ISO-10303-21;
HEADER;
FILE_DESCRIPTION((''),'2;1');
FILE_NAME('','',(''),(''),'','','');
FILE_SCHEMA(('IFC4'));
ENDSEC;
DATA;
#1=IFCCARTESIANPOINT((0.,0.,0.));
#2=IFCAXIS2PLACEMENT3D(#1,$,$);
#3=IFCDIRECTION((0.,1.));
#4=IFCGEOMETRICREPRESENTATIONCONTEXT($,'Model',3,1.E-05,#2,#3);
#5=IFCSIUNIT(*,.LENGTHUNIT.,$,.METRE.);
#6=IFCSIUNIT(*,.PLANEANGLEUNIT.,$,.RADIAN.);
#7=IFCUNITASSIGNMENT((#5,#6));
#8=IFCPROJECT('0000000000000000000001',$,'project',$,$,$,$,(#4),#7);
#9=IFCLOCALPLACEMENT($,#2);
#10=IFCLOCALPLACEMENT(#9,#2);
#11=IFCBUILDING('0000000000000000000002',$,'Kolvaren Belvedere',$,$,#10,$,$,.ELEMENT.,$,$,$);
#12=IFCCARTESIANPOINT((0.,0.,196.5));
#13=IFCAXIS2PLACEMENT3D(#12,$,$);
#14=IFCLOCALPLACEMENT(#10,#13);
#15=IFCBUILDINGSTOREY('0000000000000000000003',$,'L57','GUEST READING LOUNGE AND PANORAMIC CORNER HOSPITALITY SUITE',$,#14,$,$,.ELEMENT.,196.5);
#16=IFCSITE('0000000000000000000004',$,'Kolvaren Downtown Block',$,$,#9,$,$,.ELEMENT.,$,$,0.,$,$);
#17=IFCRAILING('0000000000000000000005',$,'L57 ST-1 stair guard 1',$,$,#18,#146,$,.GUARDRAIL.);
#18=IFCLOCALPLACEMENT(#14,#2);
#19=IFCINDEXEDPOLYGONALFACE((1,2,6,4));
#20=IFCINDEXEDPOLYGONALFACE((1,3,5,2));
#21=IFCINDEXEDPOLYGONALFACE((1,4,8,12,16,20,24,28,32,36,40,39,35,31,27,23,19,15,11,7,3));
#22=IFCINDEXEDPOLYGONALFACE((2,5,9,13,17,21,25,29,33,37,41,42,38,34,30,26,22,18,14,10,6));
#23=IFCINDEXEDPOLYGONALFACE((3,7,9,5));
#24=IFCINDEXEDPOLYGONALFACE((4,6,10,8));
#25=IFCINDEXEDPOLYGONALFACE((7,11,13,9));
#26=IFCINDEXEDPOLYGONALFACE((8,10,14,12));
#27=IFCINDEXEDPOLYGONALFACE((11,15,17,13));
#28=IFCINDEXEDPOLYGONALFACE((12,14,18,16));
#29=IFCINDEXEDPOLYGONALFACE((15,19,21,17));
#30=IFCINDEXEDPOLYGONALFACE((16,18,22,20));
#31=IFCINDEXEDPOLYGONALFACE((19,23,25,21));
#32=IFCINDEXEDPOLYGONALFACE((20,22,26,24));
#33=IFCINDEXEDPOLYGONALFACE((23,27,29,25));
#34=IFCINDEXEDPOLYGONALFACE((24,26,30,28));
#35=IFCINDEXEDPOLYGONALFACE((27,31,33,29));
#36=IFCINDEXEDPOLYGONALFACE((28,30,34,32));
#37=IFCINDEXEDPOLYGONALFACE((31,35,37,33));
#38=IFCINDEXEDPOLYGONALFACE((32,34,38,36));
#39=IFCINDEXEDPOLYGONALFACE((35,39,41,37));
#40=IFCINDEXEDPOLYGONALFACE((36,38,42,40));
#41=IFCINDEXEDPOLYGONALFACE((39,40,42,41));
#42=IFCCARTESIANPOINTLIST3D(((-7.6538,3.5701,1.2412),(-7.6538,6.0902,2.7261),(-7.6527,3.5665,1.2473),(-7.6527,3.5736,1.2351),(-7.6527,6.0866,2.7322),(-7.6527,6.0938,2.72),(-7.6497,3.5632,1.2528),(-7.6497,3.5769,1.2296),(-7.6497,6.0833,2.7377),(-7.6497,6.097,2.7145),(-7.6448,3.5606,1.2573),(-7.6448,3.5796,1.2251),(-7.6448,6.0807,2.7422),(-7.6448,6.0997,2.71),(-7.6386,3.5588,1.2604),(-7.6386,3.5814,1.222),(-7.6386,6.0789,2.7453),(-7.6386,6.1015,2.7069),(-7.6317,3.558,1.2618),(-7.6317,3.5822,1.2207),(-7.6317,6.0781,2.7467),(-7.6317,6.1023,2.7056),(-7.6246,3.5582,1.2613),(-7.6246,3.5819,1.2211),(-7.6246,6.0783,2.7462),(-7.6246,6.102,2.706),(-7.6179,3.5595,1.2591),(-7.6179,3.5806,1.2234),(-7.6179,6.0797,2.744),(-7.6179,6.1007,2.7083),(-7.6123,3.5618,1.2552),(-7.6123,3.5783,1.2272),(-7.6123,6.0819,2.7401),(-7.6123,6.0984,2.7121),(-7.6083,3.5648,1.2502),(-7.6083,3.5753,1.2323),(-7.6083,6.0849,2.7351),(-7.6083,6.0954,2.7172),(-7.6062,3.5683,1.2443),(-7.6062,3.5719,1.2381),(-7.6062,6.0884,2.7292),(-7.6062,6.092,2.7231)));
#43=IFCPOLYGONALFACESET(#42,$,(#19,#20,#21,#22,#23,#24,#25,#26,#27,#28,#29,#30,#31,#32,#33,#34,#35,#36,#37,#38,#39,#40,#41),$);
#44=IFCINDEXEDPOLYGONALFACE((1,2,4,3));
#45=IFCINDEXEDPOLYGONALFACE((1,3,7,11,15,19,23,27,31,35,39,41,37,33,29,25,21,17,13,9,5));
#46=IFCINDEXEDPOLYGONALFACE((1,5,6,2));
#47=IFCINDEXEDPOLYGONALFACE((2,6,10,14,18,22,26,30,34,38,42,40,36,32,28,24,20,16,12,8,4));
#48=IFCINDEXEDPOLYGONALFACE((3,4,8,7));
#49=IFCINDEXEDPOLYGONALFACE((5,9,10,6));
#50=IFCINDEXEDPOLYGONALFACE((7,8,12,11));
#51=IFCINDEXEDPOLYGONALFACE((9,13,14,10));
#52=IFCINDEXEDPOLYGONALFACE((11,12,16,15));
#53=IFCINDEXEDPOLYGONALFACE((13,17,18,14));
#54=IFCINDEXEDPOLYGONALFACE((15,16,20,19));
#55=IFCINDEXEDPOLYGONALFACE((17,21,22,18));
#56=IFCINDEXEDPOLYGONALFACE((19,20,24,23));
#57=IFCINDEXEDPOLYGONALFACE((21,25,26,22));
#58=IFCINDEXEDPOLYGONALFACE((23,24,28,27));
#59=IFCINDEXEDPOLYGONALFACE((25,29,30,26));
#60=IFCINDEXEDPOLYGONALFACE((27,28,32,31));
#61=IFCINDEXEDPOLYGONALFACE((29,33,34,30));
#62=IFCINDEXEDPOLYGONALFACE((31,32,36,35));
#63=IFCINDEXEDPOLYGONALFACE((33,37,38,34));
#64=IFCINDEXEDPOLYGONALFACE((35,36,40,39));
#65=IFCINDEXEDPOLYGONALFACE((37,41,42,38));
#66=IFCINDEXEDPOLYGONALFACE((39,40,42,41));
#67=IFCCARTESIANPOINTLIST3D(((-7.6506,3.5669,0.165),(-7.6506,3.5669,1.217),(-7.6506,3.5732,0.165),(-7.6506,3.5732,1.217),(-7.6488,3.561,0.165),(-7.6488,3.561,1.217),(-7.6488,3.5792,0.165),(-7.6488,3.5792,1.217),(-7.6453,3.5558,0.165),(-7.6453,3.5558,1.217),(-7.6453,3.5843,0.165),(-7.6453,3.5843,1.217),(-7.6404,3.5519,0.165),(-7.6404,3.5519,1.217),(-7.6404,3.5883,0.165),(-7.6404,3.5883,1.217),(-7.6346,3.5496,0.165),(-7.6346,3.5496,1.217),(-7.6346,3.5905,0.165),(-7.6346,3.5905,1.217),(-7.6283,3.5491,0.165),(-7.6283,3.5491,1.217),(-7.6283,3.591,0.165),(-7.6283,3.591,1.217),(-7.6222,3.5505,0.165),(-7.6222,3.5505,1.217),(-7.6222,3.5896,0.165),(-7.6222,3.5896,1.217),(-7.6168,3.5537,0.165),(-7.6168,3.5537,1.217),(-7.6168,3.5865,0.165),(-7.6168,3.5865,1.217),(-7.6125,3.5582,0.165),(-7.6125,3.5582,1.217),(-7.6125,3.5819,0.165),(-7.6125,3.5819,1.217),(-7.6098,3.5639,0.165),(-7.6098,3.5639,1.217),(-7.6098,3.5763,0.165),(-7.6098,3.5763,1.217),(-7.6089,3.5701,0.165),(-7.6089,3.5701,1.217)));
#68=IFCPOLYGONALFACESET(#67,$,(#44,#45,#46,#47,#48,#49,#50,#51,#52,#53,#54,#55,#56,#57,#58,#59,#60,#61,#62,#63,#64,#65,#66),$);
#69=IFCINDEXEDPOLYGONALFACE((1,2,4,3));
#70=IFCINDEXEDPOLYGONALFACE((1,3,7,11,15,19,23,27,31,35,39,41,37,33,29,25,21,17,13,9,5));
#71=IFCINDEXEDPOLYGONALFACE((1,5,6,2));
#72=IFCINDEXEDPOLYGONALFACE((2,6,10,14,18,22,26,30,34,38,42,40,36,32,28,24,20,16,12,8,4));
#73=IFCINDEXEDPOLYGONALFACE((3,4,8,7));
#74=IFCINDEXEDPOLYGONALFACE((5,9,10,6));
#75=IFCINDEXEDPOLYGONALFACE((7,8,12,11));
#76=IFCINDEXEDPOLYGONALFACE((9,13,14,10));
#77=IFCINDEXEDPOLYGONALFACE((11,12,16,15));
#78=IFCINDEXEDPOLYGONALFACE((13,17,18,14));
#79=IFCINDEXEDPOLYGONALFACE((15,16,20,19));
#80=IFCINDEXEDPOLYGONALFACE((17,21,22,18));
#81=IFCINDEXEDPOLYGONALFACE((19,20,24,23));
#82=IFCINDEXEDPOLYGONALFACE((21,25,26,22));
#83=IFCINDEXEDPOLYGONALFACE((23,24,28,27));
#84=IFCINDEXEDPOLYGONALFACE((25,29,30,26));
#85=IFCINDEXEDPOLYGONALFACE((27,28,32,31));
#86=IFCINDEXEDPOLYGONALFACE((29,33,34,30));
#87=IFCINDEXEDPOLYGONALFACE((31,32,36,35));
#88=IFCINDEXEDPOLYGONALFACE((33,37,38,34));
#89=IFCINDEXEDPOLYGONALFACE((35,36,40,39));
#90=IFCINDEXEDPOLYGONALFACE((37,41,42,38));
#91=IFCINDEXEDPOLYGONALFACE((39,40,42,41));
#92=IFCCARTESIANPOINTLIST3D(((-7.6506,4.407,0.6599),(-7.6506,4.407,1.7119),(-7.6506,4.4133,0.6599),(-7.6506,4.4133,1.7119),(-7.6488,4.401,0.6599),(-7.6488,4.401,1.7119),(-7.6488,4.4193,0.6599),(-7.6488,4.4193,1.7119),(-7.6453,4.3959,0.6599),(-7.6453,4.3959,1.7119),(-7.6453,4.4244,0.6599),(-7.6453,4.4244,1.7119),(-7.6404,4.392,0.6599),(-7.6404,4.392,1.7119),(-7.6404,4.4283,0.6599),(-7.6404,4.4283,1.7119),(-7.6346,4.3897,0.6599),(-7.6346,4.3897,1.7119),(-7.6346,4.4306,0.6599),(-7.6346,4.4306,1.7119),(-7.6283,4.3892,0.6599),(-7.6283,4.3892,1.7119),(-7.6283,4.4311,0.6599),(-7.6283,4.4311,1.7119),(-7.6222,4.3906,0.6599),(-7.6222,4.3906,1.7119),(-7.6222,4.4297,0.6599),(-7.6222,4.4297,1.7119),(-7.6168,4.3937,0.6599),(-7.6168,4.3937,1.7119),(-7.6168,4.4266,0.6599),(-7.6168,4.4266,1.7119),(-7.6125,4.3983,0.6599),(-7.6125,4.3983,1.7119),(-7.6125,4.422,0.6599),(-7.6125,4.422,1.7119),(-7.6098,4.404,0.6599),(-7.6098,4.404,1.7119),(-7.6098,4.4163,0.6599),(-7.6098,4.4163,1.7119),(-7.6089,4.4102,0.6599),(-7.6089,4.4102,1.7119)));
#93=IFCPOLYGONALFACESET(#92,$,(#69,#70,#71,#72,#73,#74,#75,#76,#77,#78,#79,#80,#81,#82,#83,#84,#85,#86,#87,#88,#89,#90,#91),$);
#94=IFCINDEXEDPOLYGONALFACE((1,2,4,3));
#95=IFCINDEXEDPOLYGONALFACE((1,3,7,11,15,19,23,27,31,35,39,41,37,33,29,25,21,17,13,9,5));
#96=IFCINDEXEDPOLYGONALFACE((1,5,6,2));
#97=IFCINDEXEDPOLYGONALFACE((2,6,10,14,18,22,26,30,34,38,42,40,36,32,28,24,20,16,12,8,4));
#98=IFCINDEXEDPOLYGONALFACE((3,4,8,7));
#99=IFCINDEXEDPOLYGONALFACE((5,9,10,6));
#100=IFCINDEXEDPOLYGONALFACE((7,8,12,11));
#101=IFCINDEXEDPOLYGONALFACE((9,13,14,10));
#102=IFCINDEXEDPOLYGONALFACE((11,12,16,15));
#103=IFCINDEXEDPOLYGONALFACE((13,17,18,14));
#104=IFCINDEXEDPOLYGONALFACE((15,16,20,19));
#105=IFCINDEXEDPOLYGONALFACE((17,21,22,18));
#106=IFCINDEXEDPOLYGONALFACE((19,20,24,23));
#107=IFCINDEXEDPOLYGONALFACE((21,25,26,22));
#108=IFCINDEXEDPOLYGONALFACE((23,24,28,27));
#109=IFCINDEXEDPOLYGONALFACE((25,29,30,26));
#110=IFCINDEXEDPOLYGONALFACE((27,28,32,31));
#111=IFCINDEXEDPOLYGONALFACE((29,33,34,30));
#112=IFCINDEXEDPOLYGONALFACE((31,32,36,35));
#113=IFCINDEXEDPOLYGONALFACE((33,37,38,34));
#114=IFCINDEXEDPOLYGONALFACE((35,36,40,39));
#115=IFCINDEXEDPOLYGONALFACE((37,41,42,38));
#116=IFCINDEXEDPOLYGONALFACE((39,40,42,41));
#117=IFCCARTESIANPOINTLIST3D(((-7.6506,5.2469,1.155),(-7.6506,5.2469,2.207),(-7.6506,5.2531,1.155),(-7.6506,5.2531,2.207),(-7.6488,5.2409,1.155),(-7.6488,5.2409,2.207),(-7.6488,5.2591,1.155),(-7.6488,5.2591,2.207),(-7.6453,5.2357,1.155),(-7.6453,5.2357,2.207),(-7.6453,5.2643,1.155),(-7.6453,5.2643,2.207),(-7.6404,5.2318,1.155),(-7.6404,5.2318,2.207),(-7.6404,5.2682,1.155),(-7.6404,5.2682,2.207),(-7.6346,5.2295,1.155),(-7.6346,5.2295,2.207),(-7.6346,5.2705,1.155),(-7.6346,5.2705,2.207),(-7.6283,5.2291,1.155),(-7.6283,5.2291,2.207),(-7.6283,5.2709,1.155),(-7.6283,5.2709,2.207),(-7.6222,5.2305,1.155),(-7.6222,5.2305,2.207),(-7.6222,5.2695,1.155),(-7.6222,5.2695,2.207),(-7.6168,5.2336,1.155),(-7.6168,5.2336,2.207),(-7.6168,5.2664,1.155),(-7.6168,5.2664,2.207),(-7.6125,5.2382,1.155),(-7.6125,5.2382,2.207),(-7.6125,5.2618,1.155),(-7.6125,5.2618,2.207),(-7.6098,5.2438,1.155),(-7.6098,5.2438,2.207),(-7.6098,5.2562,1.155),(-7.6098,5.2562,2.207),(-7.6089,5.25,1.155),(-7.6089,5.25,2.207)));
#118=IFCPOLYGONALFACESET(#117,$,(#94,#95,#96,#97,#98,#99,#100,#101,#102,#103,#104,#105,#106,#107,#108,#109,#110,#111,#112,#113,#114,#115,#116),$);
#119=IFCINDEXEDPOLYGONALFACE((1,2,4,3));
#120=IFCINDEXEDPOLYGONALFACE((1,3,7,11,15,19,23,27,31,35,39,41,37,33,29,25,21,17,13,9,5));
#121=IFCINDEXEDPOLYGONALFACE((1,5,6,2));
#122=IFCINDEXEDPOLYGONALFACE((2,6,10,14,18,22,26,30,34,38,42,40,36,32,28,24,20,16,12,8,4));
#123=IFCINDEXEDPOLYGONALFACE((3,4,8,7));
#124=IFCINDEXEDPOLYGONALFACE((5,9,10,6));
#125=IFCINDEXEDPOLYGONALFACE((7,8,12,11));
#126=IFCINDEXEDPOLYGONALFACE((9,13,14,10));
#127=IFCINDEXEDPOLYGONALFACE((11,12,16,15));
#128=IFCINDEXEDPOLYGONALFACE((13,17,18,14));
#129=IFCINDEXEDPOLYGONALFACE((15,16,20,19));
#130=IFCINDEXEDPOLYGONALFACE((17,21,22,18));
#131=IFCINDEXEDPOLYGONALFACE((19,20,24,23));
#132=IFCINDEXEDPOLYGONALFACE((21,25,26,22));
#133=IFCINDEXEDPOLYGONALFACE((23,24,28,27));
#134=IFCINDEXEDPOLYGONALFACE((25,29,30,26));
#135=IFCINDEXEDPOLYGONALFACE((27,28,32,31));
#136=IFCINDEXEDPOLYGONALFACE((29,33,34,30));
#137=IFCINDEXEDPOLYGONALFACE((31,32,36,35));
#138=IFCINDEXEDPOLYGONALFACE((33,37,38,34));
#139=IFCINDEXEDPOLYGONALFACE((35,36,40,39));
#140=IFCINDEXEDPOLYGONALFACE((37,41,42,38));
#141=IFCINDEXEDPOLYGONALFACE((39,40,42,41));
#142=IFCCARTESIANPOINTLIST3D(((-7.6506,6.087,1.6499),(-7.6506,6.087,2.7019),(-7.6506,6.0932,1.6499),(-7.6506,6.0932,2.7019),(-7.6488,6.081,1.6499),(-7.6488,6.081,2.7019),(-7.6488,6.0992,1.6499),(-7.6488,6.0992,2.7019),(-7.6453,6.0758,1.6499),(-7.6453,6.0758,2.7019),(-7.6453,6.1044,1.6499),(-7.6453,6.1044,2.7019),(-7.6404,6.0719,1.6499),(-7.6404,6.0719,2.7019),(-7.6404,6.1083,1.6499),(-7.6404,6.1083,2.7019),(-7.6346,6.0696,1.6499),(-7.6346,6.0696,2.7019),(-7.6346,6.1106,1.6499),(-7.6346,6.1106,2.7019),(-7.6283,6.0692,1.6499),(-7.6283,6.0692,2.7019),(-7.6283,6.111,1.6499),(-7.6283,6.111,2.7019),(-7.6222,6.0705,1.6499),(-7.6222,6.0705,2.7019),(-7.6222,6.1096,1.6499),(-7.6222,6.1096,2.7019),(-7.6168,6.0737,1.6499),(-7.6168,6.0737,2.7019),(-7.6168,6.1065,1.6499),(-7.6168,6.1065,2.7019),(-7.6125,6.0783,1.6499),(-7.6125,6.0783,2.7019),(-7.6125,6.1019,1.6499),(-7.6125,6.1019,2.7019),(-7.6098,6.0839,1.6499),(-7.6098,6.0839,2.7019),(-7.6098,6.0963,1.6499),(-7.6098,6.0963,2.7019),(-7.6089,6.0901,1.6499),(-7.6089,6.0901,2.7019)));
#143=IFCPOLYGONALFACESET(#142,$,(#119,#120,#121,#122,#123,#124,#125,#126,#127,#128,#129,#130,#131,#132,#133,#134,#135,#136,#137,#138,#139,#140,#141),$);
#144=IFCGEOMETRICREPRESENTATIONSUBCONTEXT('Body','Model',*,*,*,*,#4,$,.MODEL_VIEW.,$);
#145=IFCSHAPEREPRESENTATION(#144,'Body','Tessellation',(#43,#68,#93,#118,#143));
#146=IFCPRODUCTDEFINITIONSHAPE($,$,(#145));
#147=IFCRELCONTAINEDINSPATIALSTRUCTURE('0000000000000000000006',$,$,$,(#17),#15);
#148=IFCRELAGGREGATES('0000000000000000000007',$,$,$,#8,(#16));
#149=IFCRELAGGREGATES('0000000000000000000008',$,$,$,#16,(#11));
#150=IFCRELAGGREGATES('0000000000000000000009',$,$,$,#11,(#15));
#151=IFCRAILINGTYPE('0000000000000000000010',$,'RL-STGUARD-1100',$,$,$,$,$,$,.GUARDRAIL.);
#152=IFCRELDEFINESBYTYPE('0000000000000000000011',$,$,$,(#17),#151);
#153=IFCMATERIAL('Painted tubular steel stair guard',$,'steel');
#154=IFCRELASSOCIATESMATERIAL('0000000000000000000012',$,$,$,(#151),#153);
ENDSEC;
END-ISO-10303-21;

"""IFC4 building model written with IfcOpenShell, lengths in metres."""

from ifc_helpers import new_model, si_unit, direction, frame, origin, origin_2d, place, context, subcontext, project, spatial, circle, extrude, material, type_object, element, save


model = new_model("IFC4")

# Units and contexts
model_context = context("Model", 3, precision=1e-05, world=origin(), true_north=direction((0.0, 1.0)))
body_context = subcontext(model_context, "Body", "Model", "MODEL_VIEW")
ifc_project = project(units=[si_unit("LENGTHUNIT", "METRE"), si_unit("PLANEANGLEUNIT", "RADIAN")], contexts=[model_context])

# Site, building, storey
site_placement = place(None, origin())
site = spatial("IfcSite", under=ifc_project, at=site_placement, Name="Kolvaren Downtown Block", CompositionType="ELEMENT", RefElevation=0.0)
building_placement = place(site_placement, origin())
building = spatial("IfcBuilding", under=site, at=building_placement, Name="Kolvaren Belvedere", CompositionType="ELEMENT")
storey_placement = place(building_placement, frame((0.0, 0.0, 196.5)))
storey = spatial("IfcBuildingStorey", under=building, at=storey_placement, Name="L57", Description="GUEST READING LOUNGE AND PANORAMIC CORNER HOSPITALITY SUITE", CompositionType="ELEMENT", Elevation=196.5)

# Railing
ifc_material_1 = material(Name="Painted tubular steel stair guard", Category="steel")
railing_type_1 = type_object("IfcRailingType", Name="RL-STGUARD-1100", PredefinedType="GUARDRAIL", material=ifc_material_1)
railing_1_placement = place(storey_placement, frame((-7.6299, 3.5701, 0.165)))
element("IfcRailing", 1, at=railing_1_placement, inside=storey, type_object=railing_type_1, Name="L57 ST-1 stair guard 1", PredefinedType="GUARDRAIL", context=body_context, shape_type="SweptSolid", body=[
    extrude(circle(Radius=0.0239, at=origin_2d()), frame((0.0, 0.0, 1.0762), z_axis=(0.0, 0.861561, 0.507655), x_axis=(-1.0, 0.0, 0.0)), (0.0, 0.0, 1.0), 2.925),
    extrude(circle(Radius=0.021, at=origin_2d()), origin(), (0.0, 0.0, 1.0), 1.052),
    extrude(circle(Radius=0.021, at=origin_2d()), frame((0.0, 0.8401, 0.4949)), (0.0, 0.0, 1.0), 1.052),
    extrude(circle(Radius=0.021, at=origin_2d()), frame((0.0, 1.6799, 0.99)), (0.0, 0.0, 1.0), 1.052),
    extrude(circle(Radius=0.021, at=origin_2d()), frame((0.0, 2.52, 1.4849)), (0.0, 0.0, 1.0), 1.052),
])

save(model, "model.ifc")
